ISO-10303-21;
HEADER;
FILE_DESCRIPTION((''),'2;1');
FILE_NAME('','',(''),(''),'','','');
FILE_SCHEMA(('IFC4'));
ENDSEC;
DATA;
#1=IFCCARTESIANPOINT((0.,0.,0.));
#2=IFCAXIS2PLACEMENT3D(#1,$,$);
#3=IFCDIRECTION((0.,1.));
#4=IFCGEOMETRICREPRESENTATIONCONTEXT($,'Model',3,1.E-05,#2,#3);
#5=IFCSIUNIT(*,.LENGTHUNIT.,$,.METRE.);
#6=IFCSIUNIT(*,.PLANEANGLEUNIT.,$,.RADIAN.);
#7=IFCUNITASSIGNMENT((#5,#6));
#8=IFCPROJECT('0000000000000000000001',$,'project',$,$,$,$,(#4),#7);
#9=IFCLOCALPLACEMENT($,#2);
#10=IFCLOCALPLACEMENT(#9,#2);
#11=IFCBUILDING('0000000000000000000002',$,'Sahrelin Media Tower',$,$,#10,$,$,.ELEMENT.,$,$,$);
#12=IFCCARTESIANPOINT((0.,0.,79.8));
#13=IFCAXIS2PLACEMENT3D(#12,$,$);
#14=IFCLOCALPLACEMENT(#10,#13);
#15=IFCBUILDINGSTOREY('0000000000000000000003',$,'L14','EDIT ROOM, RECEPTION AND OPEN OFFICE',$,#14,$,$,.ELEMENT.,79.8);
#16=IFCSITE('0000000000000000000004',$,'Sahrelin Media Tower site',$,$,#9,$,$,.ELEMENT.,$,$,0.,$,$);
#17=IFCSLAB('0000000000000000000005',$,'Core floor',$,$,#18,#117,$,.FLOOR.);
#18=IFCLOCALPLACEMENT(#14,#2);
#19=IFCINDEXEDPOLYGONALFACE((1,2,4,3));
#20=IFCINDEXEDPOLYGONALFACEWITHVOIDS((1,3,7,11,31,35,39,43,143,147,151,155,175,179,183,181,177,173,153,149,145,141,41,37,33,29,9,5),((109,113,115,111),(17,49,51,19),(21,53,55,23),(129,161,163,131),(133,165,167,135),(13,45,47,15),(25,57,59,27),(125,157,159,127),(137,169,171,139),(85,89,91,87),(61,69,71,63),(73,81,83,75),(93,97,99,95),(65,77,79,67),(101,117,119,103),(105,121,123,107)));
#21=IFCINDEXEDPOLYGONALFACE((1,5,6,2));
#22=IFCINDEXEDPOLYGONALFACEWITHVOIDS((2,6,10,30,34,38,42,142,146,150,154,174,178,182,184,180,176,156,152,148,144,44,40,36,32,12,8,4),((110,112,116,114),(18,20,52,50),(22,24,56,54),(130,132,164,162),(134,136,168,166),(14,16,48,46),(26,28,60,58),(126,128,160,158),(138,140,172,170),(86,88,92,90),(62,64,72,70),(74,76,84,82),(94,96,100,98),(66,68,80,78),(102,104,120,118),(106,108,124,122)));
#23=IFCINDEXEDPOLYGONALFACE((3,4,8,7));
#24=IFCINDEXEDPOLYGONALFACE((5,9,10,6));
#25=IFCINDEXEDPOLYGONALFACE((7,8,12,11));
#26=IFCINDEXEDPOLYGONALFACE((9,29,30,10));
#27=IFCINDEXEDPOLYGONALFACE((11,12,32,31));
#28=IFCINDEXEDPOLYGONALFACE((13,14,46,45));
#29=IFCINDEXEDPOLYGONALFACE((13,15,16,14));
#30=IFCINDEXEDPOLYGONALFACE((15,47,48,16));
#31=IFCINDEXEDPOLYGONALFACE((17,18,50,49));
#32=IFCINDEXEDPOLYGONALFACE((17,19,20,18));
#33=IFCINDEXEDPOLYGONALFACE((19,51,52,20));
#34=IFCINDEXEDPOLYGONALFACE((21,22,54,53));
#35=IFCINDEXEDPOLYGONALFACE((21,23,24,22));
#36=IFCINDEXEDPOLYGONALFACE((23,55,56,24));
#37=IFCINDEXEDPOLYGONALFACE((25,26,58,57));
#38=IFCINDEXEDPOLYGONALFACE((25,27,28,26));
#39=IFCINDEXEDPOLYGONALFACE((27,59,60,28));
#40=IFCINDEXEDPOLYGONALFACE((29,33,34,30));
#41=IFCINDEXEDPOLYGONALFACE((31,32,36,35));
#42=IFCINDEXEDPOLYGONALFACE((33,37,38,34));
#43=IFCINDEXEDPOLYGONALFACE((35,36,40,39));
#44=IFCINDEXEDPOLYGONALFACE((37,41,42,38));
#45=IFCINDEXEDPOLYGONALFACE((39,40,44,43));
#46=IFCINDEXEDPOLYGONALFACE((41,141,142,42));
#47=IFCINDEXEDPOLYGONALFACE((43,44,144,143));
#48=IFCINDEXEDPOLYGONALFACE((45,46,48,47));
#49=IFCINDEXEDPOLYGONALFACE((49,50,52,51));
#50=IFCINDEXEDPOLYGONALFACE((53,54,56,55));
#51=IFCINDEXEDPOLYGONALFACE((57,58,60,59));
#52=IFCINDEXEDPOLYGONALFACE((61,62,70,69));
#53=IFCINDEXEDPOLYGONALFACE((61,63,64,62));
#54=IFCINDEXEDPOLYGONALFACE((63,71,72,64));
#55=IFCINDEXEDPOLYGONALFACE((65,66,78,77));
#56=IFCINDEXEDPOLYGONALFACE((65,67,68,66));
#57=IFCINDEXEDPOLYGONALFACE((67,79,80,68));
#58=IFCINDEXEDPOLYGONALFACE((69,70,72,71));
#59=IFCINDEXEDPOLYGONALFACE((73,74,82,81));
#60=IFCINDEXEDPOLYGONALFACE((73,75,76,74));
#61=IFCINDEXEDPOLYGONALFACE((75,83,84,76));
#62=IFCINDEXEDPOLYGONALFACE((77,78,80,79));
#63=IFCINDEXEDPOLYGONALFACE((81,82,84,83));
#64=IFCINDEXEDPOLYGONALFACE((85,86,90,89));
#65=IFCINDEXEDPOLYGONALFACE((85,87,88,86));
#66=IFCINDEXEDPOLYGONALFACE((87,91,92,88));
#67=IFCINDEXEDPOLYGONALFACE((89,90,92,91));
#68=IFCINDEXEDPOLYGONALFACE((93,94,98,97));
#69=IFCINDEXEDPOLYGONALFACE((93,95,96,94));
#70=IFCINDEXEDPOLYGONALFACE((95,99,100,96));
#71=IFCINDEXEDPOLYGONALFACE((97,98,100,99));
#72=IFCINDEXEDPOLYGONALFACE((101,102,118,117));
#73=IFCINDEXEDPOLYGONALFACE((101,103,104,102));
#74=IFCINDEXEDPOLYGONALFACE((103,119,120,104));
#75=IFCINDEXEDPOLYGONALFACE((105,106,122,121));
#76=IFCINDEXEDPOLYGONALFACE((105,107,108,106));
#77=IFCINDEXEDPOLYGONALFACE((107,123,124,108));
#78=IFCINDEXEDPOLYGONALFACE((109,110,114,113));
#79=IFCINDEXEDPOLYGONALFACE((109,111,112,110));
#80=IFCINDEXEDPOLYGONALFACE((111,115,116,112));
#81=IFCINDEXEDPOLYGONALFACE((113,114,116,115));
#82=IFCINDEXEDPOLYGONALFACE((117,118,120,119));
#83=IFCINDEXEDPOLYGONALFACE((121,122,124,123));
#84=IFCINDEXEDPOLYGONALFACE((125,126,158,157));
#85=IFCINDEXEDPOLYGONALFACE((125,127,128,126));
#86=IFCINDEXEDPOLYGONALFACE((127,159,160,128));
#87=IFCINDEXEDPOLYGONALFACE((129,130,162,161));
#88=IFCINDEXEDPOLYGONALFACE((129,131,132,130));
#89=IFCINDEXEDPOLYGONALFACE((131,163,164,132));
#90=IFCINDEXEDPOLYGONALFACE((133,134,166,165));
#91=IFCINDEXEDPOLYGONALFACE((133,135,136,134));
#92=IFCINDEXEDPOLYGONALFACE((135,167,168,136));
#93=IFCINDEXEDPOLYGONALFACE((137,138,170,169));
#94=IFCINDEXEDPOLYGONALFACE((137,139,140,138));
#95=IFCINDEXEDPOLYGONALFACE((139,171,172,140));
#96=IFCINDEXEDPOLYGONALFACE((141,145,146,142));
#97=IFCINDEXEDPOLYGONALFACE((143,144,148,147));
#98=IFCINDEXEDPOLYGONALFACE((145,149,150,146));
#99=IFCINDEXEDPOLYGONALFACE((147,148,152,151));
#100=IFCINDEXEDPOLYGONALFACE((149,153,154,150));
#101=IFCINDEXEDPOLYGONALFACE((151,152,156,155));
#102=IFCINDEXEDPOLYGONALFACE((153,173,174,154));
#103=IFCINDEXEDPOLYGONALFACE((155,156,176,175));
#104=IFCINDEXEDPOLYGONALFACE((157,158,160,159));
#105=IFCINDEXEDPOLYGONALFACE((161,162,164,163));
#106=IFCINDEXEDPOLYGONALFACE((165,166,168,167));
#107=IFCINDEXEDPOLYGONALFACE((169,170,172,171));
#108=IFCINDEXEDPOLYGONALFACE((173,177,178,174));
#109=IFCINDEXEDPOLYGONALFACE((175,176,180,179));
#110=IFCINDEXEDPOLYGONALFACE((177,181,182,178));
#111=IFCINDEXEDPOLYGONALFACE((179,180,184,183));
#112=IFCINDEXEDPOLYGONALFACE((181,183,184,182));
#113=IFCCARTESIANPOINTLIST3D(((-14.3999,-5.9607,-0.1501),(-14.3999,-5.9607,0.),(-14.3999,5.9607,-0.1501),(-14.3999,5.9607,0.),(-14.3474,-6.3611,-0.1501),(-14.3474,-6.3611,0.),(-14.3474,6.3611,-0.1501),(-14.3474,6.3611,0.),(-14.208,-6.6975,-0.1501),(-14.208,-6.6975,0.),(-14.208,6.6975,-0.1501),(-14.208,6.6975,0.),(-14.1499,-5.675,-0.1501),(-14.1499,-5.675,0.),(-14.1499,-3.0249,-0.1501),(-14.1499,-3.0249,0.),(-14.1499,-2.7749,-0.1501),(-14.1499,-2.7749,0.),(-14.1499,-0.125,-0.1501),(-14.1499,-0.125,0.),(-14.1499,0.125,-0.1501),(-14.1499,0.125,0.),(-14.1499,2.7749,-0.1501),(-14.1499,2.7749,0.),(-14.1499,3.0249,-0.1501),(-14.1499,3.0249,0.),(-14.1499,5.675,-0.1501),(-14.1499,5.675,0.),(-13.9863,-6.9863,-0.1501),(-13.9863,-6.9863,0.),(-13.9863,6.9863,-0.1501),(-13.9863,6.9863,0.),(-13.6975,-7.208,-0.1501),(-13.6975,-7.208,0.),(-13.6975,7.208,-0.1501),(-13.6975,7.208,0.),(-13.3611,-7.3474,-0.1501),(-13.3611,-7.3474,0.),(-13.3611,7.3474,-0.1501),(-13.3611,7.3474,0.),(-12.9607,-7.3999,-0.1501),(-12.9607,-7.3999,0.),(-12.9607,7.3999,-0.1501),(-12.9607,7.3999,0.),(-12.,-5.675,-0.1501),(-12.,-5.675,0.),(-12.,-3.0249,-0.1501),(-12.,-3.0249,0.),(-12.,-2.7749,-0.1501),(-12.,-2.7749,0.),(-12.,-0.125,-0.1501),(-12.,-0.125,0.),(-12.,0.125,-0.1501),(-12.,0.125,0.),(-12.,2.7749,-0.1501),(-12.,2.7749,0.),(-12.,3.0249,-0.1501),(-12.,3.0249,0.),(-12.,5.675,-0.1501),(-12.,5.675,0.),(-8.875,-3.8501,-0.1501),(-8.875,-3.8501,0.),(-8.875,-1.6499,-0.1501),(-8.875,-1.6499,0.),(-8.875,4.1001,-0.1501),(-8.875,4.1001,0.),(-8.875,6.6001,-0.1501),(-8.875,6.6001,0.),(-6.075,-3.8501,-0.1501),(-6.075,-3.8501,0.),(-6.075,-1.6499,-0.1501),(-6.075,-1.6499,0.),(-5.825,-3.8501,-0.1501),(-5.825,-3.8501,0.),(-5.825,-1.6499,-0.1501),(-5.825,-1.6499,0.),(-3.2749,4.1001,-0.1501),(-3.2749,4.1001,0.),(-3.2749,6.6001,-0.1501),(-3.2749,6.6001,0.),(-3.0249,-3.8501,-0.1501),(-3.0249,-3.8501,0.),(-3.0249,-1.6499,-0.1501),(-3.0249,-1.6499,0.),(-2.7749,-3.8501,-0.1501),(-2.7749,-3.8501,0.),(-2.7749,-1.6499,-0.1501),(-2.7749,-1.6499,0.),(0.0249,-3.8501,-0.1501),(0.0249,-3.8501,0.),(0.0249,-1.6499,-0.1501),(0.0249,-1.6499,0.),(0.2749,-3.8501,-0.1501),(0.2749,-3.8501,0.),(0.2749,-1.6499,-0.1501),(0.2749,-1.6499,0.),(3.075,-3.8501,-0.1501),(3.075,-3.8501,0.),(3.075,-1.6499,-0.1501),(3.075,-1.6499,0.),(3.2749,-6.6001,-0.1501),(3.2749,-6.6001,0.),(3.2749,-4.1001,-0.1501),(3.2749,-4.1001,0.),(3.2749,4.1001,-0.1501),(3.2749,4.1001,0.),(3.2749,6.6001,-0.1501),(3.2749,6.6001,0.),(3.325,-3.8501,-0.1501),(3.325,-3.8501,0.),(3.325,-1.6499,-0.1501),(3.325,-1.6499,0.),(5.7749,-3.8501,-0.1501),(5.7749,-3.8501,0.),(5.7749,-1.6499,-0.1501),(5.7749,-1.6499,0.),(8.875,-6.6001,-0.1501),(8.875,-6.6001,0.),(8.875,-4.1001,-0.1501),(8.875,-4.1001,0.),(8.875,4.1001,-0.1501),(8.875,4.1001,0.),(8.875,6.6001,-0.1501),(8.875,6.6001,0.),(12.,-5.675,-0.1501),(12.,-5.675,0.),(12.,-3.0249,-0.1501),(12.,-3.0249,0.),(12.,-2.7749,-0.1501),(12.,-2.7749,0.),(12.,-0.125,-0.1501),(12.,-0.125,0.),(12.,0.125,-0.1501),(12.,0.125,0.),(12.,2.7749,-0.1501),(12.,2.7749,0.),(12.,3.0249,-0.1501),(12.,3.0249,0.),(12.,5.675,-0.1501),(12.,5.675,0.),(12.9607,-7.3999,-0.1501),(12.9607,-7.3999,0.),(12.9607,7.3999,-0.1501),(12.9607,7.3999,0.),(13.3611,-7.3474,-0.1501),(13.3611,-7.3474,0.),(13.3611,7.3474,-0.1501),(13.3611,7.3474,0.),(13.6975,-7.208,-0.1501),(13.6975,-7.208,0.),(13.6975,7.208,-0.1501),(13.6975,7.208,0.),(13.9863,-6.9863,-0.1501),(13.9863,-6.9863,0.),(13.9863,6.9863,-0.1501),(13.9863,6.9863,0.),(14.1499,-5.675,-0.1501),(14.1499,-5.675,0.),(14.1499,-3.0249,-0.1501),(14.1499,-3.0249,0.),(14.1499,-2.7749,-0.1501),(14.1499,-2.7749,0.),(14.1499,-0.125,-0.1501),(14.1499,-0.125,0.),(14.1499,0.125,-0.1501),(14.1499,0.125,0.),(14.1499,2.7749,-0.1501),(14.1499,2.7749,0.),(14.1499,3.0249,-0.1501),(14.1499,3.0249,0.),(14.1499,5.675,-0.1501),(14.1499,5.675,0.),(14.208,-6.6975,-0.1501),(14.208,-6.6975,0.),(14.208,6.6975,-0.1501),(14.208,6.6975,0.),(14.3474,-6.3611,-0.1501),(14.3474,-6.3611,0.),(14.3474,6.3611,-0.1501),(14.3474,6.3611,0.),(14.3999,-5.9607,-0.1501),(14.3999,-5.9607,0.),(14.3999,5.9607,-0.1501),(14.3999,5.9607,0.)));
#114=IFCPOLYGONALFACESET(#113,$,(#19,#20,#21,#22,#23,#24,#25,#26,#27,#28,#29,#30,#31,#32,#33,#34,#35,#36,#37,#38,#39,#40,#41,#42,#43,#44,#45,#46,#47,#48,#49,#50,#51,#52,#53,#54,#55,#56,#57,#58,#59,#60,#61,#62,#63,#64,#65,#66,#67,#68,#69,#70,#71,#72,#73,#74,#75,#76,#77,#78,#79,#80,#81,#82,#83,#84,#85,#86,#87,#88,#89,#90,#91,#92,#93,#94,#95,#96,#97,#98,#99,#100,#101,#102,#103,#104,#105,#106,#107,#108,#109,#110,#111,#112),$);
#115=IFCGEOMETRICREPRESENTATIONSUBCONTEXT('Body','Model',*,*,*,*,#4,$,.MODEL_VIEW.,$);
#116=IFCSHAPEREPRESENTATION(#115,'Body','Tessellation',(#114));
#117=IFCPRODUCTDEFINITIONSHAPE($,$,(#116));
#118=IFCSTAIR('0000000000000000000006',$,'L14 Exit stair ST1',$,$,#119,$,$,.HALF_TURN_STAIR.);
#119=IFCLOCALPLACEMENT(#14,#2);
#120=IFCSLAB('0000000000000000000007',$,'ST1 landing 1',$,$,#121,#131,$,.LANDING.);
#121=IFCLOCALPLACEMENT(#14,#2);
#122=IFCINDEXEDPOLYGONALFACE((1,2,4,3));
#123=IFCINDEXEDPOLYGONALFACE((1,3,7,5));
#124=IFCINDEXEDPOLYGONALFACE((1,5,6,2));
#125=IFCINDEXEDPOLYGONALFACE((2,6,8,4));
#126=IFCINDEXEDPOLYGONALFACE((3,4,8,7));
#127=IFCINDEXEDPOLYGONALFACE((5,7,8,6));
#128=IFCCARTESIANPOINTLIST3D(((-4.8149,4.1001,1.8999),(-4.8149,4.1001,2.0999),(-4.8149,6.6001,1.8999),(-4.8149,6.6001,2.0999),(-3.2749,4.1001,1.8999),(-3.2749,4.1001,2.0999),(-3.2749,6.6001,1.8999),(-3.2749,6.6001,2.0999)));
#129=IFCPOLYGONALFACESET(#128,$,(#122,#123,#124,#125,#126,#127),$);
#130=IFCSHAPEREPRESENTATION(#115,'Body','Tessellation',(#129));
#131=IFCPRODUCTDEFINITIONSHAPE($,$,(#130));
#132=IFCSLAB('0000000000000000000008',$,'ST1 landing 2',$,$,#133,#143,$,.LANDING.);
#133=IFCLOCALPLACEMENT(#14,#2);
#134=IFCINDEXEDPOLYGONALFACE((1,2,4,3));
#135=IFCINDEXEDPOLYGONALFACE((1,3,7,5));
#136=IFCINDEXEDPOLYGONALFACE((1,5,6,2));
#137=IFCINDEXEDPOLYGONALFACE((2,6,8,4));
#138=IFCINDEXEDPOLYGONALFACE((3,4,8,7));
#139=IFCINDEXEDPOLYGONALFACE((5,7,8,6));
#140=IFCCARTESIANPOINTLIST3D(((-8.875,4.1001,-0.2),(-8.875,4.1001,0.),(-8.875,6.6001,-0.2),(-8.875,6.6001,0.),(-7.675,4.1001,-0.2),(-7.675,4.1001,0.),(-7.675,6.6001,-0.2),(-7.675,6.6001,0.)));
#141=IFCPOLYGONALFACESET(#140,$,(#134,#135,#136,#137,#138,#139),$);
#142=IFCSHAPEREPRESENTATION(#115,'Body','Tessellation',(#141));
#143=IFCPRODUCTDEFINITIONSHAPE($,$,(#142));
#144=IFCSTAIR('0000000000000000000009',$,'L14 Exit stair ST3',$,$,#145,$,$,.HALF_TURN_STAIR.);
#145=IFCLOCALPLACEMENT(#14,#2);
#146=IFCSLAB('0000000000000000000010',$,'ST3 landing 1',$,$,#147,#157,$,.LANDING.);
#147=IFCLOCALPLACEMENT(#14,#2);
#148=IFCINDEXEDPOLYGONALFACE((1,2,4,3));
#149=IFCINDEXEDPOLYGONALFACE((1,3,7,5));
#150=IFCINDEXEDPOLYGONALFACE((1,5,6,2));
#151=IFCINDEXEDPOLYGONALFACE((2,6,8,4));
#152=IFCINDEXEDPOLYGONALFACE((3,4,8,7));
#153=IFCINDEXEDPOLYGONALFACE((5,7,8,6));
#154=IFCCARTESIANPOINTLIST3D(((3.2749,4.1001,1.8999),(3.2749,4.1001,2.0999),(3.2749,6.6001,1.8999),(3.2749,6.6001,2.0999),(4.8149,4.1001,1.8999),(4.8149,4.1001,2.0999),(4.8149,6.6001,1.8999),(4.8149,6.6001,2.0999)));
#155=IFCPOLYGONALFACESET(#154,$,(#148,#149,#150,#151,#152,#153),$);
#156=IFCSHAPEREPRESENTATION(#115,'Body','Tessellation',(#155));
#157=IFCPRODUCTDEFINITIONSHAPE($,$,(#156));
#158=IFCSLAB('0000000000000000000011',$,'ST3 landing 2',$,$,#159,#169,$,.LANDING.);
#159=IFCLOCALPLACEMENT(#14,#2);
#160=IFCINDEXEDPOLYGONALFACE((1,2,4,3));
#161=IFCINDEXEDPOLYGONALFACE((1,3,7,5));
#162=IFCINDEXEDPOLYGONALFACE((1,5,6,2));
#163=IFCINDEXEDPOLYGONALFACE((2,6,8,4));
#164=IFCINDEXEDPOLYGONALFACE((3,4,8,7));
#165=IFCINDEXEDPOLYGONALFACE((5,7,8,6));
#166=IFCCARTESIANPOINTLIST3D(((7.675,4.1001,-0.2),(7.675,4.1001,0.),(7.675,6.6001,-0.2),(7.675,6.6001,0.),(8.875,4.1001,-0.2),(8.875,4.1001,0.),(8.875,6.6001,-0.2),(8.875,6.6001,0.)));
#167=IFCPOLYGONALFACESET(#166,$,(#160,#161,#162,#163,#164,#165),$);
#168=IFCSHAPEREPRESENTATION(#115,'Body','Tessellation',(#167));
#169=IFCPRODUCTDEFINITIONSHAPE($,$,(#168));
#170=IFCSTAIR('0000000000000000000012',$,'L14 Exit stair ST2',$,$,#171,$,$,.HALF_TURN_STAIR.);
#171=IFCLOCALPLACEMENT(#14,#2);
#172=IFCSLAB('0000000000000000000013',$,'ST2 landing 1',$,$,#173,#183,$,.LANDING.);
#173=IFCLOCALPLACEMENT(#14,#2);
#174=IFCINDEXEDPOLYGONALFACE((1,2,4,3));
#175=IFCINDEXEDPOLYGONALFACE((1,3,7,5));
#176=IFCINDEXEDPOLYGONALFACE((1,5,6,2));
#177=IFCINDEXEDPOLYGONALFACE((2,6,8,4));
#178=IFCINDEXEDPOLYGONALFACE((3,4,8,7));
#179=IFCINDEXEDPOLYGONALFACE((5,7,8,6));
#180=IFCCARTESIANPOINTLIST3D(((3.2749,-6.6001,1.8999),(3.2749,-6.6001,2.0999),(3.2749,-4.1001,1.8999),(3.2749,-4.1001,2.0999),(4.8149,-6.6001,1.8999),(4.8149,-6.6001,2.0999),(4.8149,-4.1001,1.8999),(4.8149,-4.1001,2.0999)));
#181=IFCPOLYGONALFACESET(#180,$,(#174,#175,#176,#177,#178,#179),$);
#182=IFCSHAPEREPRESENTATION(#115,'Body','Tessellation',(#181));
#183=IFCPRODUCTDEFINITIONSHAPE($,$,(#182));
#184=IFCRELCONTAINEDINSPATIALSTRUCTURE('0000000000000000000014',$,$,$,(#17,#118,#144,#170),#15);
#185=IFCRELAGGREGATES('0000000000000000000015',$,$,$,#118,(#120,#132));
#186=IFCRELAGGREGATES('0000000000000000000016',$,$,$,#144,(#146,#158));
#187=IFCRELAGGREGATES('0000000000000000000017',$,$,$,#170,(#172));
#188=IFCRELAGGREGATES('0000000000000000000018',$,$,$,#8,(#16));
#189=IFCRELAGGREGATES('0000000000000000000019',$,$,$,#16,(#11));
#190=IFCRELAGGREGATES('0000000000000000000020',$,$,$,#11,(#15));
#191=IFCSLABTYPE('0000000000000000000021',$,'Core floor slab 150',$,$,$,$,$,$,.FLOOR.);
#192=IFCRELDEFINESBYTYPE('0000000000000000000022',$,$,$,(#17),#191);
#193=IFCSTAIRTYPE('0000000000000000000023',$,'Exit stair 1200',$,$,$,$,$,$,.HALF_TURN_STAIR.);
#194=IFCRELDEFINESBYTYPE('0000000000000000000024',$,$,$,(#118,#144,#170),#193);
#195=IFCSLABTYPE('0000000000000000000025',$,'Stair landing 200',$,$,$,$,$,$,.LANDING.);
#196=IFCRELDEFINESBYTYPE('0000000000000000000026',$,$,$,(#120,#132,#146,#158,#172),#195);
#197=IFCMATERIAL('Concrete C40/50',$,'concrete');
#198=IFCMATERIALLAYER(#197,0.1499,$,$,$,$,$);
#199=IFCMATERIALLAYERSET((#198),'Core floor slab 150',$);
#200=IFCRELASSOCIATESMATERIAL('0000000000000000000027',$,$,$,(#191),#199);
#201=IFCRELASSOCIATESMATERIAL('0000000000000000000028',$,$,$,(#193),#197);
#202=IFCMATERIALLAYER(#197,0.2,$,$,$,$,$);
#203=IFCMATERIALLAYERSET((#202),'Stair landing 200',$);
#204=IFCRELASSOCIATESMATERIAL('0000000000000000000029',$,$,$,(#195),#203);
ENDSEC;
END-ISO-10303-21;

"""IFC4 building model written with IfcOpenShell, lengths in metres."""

from ifc_helpers import new_model, si_unit, direction, frame, origin, place, context, subcontext, project, spatial, polyline, outline, extrude, material, layer, layer_set, type_object, element, aggregate, save


model = new_model("IFC4")

# Units and contexts
model_context = context("Model", 3, precision=1e-05, world=origin(), true_north=direction((0.0, 1.0)))
body_context = subcontext(model_context, "Body", "Model", "MODEL_VIEW")
ifc_project = project(units=[si_unit("LENGTHUNIT", "METRE"), si_unit("PLANEANGLEUNIT", "RADIAN")], contexts=[model_context])

# Site, building, storey
site_placement = place(None, origin())
site = spatial("IfcSite", under=ifc_project, at=site_placement, Name="Sahrelin Media Tower site", CompositionType="ELEMENT", RefElevation=0.0)
building_placement = place(site_placement, origin())
building = spatial("IfcBuilding", under=site, at=building_placement, Name="Sahrelin Media Tower", CompositionType="ELEMENT")
storey_placement = place(building_placement, frame((0.0, 0.0, 79.8)))
storey = spatial("IfcBuildingStorey", under=building, at=storey_placement, Name="L14", Description="EDIT ROOM, RECEPTION AND OPEN OFFICE", CompositionType="ELEMENT", Elevation=79.8)

# Slab
ifc_material_1 = material(Name="Concrete C40/50", Category="concrete")
ifc_layer_1 = layer(ifc_material_1, 0.1499)
ifc_layer_set_1 = layer_set([ifc_layer_1], Name="Core floor slab 150")
slab_type_1 = type_object("IfcSlabType", Name="Core floor slab 150", PredefinedType="FLOOR", material=ifc_layer_set_1)
slab_1_placement = place(storey_placement, frame((0.0, 0.0, -0.1501)))
element("IfcSlab", 1, at=slab_1_placement, inside=storey, type_object=slab_type_1, Name="Core floor", PredefinedType="FLOOR", context=body_context, shape_type="SweptSolid", body=[
    extrude(outline(polyline([(-14.3474, 6.3611), (-14.3999, 5.9607), (-14.3999, -5.9607), (-14.3474, -6.3611), (-14.208, -6.6975), (-13.9863, -6.9863), (-13.6975, -7.208), (-13.3611, -7.3474), (-12.9607, -7.3999), (12.9607, -7.3999), (13.3611, -7.3474), (13.6975, -7.208), (13.9863, -6.9863), (14.208, -6.6975), (14.3474, -6.3611), (14.3999, -5.9607), (14.3999, 5.9607), (14.3474, 6.3611), (14.208, 6.6975), (13.9863, 6.9863), (13.6975, 7.208), (13.3611, 7.3474), (12.9607, 7.3999), (-12.9607, 7.3999), (-13.3611, 7.3474), (-13.6975, 7.208), (-13.9863, 6.9863), (-14.208, 6.6975), (-14.3474, 6.3611)]), holes=[polyline([(-12.0, 3.0249), (-12.0, 5.675), (-14.1499, 5.675), (-14.1499, 3.0249), (-12.0, 3.0249)]), polyline([(-14.1499, 0.125), (-12.0, 0.125), (-12.0, 2.7749), (-14.1499, 2.7749), (-14.1499, 0.125)]), polyline([(-14.1499, -0.125), (-14.1499, -2.7749), (-12.0, -2.7749), (-12.0, -0.125), (-14.1499, -0.125)]), polyline([(-12.0, -3.0249), (-14.1499, -3.0249), (-14.1499, -5.675), (-12.0, -5.675), (-12.0, -3.0249)]), polyline([(14.1499, 3.0249), (14.1499, 5.675), (12.0, 5.675), (12.0, 3.0249), (14.1499, 3.0249)]), polyline([(12.0, 0.125), (14.1499, 0.125), (14.1499, 2.7749), (12.0, 2.7749), (12.0, 0.125)]), polyline([(12.0, -0.125), (12.0, -2.7749), (14.1499, -2.7749), (14.1499, -0.125), (12.0, -0.125)]), polyline([(14.1499, -3.0249), (12.0, -3.0249), (12.0, -5.675), (14.1499, -5.675), (14.1499, -3.0249)]), polyline([(-6.075, -3.8501), (-6.075, -1.6499), (-8.875, -1.6499), (-8.875, -3.8501), (-6.075, -3.8501)]), polyline([(-5.825, -3.8501), (-3.0249, -3.8501), (-3.0249, -1.6499), (-5.825, -1.6499), (-5.825, -3.8501)]), polyline([(-2.7749, -1.6499), (-2.7749, -3.8501), (0.0249, -3.8501), (0.0249, -1.6499), (-2.7749, -1.6499)]), polyline([(3.075, -1.6499), (0.2749, -1.6499), (0.2749, -3.8501), (3.075, -3.8501), (3.075, -1.6499)]), polyline([(5.7749, -3.8501), (5.7749, -1.6499), (3.325, -1.6499), (3.325, -3.8501), (5.7749, -3.8501)]), polyline([(-8.875, 6.6001), (-8.875, 4.1001), (-3.2749, 4.1001), (-3.2749, 6.6001), (-8.875, 6.6001)]), polyline([(3.2749, 4.1001), (8.875, 4.1001), (8.875, 6.6001), (3.2749, 6.6001), (3.2749, 4.1001)]), polyline([(3.2749, -4.1001), (3.2749, -6.6001), (8.875, -6.6001), (8.875, -4.1001), (3.2749, -4.1001)])]), origin(), (0.0, 0.0, 1.0), 0.1501),
])

# Stairs, slabs
stair_type = type_object("IfcStairType", Name="Exit stair 1200", PredefinedType="HALF_TURN_STAIR", material=ifc_material_1)
placement_1 = place(storey_placement, origin())
stair_1 = element("IfcStair", 2, at=placement_1, inside=storey, type_object=stair_type, Name="L14 Exit stair ST1", PredefinedType="HALF_TURN_STAIR")
ifc_layer_2 = layer(ifc_material_1, 0.2)
ifc_layer_set_2 = layer_set([ifc_layer_2], Name="Stair landing 200")
slab_type_2 = type_object("IfcSlabType", Name="Stair landing 200", PredefinedType="LANDING", material=ifc_layer_set_2)
placement_2 = place(storey_placement, frame((0.0, 0.0, 1.8999)))
slab_2 = element("IfcSlab", 3, at=placement_2, type_object=slab_type_2, Name="ST1 landing 1", PredefinedType="LANDING", context=body_context, shape_type="SweptSolid", body=[
    extrude(outline(polyline([(-4.8149, 4.1001), (-3.2749, 4.1001), (-3.2749, 6.6001), (-4.8149, 6.6001), (-4.8149, 4.1001)])), origin(), (0.0, 0.0, 1.0), 0.2),
])
placement_3 = place(storey_placement, frame((0.0, 0.0, -0.2)))
slab_3 = element("IfcSlab", 4, at=placement_3, type_object=slab_type_2, Name="ST1 landing 2", PredefinedType="LANDING", context=body_context, shape_type="SweptSolid", body=[
    extrude(outline(polyline([(-8.875, 4.1001), (-7.675, 4.1001), (-7.675, 6.6001), (-8.875, 6.6001), (-8.875, 4.1001)])), origin(), (0.0, 0.0, 1.0), 0.2),
])
aggregate(stair_1, [slab_2, slab_3])
stair_2 = element("IfcStair", 5, at=placement_1, inside=storey, type_object=stair_type, Name="L14 Exit stair ST3", PredefinedType="HALF_TURN_STAIR")
slab_4 = element("IfcSlab", 6, at=placement_2, type_object=slab_type_2, Name="ST3 landing 1", PredefinedType="LANDING", context=body_context, shape_type="SweptSolid", body=[
    extrude(outline(polyline([(4.8149, 6.6001), (3.2749, 6.6001), (3.2749, 4.1001), (4.8149, 4.1001), (4.8149, 6.6001)])), origin(), (0.0, 0.0, 1.0), 0.2),
])
slab_5 = element("IfcSlab", 7, at=placement_3, type_object=slab_type_2, Name="ST3 landing 2", PredefinedType="LANDING", context=body_context, shape_type="SweptSolid", body=[
    extrude(outline(polyline([(8.875, 6.6001), (7.675, 6.6001), (7.675, 4.1001), (8.875, 4.1001), (8.875, 6.6001)])), origin(), (0.0, 0.0, 1.0), 0.2),
])
aggregate(stair_2, [slab_4, slab_5])
stair_3 = element("IfcStair", 8, at=placement_1, inside=storey, type_object=stair_type, Name="L14 Exit stair ST2", PredefinedType="HALF_TURN_STAIR")
slab_6 = element("IfcSlab", 9, at=placement_2, type_object=slab_type_2, Name="ST2 landing 1", PredefinedType="LANDING", context=body_context, shape_type="SweptSolid", body=[
    extrude(outline(polyline([(4.8149, -4.1001), (3.2749, -4.1001), (3.2749, -6.6001), (4.8149, -6.6001), (4.8149, -4.1001)])), origin(), (0.0, 0.0, 1.0), 0.2),
])
aggregate(stair_3, [slab_6])

save(model, "model.ifc")
